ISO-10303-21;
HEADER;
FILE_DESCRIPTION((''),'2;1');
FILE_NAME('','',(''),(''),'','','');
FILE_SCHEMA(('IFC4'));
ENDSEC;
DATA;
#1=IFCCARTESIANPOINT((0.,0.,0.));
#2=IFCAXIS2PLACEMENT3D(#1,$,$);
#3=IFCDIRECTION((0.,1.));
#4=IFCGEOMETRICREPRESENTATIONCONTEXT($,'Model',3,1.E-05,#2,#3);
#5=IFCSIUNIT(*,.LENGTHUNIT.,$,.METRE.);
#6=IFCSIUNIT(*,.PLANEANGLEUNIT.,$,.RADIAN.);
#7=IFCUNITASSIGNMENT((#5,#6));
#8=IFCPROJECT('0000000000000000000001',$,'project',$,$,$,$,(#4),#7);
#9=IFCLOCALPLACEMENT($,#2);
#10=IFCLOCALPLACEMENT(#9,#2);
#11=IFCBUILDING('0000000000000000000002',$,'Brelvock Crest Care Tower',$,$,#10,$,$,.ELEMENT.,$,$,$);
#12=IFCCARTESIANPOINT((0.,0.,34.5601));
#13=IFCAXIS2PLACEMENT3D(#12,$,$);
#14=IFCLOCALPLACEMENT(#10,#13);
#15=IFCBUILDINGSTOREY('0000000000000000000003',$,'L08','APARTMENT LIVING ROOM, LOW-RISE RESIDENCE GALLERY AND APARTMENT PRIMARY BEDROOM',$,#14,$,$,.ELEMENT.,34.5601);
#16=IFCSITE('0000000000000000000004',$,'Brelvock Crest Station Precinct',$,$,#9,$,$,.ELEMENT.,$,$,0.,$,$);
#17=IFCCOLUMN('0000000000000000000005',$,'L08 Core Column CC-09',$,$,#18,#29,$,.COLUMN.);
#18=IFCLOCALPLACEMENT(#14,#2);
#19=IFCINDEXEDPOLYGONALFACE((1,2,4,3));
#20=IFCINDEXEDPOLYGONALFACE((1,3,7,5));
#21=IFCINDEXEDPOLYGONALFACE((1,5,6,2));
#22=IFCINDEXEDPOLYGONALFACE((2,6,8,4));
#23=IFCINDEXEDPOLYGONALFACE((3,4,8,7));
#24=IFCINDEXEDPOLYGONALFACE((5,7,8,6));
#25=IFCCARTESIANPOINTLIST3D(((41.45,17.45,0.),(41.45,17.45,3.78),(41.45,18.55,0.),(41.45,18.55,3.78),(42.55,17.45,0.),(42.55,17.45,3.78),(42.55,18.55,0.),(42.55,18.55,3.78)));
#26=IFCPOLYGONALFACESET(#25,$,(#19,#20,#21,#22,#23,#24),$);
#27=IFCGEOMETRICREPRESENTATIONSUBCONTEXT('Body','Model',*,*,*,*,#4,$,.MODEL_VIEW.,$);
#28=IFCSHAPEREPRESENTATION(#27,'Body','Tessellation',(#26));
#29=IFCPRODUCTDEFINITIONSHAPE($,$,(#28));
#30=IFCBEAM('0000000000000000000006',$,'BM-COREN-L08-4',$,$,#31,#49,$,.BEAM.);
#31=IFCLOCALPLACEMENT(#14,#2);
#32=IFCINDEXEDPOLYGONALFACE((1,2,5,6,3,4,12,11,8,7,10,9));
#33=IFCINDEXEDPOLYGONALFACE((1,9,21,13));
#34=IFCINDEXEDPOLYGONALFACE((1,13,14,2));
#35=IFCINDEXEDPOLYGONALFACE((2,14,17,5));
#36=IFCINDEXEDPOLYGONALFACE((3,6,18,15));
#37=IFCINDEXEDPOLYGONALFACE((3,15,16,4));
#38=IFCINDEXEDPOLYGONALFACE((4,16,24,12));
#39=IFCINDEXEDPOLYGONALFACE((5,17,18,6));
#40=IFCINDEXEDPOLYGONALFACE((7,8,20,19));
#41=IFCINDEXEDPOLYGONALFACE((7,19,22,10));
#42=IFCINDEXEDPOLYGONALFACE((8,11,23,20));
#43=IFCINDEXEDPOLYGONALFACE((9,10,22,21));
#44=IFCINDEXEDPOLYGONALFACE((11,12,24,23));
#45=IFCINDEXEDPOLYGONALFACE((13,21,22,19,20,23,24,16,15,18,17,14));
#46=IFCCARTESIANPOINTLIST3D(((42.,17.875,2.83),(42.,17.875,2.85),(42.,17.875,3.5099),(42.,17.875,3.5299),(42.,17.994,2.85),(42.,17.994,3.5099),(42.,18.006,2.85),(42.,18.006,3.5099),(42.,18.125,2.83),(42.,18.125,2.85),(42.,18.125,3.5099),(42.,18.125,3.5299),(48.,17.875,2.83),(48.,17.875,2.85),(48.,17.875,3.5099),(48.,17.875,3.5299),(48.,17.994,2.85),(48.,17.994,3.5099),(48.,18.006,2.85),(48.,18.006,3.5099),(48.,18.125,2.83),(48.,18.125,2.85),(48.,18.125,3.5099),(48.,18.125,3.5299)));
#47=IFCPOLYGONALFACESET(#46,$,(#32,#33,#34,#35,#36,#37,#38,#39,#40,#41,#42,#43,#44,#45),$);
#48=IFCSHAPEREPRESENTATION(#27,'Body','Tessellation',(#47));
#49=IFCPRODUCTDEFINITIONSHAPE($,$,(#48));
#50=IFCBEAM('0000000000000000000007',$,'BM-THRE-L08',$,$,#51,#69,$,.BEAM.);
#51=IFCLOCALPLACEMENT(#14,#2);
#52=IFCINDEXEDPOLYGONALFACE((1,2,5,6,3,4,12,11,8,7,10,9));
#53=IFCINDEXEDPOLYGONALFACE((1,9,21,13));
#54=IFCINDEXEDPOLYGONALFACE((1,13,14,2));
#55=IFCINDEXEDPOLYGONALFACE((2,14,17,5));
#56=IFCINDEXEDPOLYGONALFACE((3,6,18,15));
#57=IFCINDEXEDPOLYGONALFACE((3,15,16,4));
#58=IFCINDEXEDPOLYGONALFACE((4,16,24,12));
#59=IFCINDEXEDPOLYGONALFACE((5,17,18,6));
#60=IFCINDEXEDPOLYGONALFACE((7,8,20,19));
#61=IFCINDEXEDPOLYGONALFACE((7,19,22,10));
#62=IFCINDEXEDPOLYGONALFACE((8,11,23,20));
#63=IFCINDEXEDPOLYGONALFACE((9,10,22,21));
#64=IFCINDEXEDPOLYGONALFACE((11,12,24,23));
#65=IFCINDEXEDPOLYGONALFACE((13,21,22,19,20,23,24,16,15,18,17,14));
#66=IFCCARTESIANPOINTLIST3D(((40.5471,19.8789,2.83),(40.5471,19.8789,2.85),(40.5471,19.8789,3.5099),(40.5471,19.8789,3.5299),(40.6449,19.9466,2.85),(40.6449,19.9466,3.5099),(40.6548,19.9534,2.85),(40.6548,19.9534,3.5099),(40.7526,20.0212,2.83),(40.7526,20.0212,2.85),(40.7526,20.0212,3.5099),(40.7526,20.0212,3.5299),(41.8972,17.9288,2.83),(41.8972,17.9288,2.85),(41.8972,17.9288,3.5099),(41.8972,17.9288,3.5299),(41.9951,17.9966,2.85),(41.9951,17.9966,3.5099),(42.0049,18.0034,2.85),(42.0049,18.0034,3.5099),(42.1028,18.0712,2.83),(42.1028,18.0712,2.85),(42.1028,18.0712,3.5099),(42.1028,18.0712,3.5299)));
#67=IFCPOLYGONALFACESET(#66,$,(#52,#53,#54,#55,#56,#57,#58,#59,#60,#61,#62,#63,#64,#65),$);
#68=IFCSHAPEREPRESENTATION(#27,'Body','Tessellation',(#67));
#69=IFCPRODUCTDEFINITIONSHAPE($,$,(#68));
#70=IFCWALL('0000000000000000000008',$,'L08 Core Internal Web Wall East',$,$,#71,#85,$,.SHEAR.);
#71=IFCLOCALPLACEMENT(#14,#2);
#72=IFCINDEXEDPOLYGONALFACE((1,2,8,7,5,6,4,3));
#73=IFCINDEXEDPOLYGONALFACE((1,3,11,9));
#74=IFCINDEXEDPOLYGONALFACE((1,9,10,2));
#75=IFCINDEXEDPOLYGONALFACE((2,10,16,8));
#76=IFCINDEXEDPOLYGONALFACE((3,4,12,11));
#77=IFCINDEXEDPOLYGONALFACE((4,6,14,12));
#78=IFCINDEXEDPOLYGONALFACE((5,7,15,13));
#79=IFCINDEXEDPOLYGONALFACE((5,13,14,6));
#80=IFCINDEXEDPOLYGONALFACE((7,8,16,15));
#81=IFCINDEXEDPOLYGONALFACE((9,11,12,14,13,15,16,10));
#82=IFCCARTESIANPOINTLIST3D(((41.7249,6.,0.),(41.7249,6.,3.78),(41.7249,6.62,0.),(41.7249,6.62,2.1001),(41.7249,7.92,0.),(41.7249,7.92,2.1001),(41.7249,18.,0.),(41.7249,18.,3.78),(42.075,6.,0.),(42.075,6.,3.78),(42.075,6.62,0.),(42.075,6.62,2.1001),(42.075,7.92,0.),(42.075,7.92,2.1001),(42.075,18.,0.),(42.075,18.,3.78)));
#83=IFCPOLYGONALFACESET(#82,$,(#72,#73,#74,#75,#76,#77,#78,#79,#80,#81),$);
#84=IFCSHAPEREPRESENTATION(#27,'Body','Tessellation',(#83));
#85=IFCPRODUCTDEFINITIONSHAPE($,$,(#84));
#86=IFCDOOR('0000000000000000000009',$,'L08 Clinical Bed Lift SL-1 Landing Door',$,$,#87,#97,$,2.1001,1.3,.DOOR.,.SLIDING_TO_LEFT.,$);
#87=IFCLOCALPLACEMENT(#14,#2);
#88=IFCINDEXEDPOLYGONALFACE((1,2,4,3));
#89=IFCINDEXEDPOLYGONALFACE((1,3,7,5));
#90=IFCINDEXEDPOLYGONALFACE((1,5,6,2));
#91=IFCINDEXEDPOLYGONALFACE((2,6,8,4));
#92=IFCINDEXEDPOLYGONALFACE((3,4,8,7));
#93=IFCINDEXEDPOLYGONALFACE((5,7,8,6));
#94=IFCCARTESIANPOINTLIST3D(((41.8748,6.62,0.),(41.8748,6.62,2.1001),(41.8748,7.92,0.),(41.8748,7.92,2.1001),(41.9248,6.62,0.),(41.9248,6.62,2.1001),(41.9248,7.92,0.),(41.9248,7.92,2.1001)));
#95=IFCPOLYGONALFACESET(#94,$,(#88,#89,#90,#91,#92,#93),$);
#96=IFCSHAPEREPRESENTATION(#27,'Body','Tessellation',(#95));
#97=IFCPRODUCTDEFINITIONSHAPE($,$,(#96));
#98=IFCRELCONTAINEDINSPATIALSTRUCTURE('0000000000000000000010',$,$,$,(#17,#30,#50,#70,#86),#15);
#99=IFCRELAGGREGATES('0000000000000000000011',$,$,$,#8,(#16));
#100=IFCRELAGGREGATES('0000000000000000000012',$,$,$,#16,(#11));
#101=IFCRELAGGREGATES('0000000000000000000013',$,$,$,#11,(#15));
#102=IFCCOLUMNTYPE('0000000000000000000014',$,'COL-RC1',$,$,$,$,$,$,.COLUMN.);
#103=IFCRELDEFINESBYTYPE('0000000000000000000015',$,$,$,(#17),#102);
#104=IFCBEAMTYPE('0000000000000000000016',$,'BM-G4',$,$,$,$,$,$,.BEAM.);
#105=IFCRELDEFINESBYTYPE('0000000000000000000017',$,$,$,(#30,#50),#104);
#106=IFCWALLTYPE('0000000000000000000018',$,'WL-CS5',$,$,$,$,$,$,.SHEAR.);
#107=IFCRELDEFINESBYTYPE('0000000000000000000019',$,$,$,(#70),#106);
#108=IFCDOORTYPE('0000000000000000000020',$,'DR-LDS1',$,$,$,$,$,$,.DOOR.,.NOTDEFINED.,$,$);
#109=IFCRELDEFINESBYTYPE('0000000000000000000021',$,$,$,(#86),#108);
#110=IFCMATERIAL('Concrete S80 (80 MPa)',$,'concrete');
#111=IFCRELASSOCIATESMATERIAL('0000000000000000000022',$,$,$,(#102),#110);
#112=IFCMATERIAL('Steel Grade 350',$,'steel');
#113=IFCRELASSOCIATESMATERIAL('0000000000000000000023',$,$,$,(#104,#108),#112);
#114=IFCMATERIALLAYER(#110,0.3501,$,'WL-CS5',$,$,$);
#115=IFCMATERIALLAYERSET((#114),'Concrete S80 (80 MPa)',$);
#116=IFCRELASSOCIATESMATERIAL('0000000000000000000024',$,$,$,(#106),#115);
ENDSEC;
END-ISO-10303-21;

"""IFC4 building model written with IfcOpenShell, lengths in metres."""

from ifc_helpers import new_model, si_unit, direction, frame, frame_2d, origin, origin_2d, place, context, subcontext, project, spatial, rectangle, i_section, extrude, source, transform, mapped, material, layer, layer_set, material_profile, profile_set, type_object, element, fill, save


model = new_model("IFC4")

# Units and contexts
model_context = context("Model", 3, precision=1e-05, world=origin(), true_north=direction((0.0, 1.0)))
body_context = subcontext(model_context, "Body", "Model", "MODEL_VIEW")
ifc_project = project(units=[si_unit("LENGTHUNIT", "METRE"), si_unit("PLANEANGLEUNIT", "RADIAN")], contexts=[model_context])

# Site, building, storey
site_placement = place(None, origin())
site = spatial("IfcSite", under=ifc_project, at=site_placement, Name="Brelvock Crest Station Precinct", CompositionType="ELEMENT", RefElevation=0.0)
building_placement = place(site_placement, origin())
building = spatial("IfcBuilding", under=site, at=building_placement, Name="Brelvock Crest Care Tower", CompositionType="ELEMENT")
storey_placement = place(building_placement, frame((0.0, 0.0, 34.5601)))
storey = spatial("IfcBuildingStorey", under=building, at=storey_placement, Name="L08", Description="APARTMENT LIVING ROOM, LOW-RISE RESIDENCE GALLERY AND APARTMENT PRIMARY BEDROOM", CompositionType="ELEMENT", Elevation=34.5601)

# Column
ifc_material_1 = material(Name="Concrete S80 (80 MPa)", Category="concrete")
ifc_material_profile_1 = material_profile(ifc_material_1, rectangle(XDim=1.1001, YDim=1.1001, at=origin_2d()), Name="RC1100x1100")
ifc_profile_set_1 = profile_set([ifc_material_profile_1], Name="Concrete S80 (80 MPa)")
column_type = type_object("IfcColumnType", Name="COL-RC1", PredefinedType="COLUMN", material=ifc_profile_set_1)
shared_shape_1 = source(origin(), body_context, "Body", "SweptSolid", [
    extrude(rectangle(XDim=1.1001, YDim=1.1001, at=origin_2d()), origin(), (0.0, 0.0, 1.0), 3.78),
])
column_placement = place(storey_placement, frame((42.0, 18.0, 0.0), z_axis=(0.0, 0.0, 1.0), x_axis=(1.0, 0.0, 0.0)))
element("IfcColumn", 1, at=column_placement, inside=storey, type_object=column_type, Name="L08 Core Column CC-09", PredefinedType="COLUMN", context=body_context, shape_type="MappedRepresentation", body=[
    mapped(shared_shape_1, transform((0.0, 0.0, 0.0), x_axis=(1.0, 0.0, 0.0), y_axis=(0.0, 1.0, 0.0), z_axis=(0.0, 0.0, 1.0), scale=1.0)),
])

# Beams
ifc_material_2 = material(Name="Steel Grade 350", Category="steel")
ifc_material_profile_2 = material_profile(ifc_material_2, i_section(OverallWidth=0.25, OverallDepth=0.7, WebThickness=0.012, FlangeThickness=0.02, at=origin_2d()), Name="700WB150")
ifc_profile_set_2 = profile_set([ifc_material_profile_2], Name="Steel Grade 350")
beam_type = type_object("IfcBeamType", Name="BM-G4", PredefinedType="BEAM", material=ifc_profile_set_2)
shared_shape_2 = source(origin(), body_context, "Body", "SweptSolid", [
    extrude(i_section(OverallWidth=0.25, OverallDepth=0.7, WebThickness=0.012, FlangeThickness=0.02, at=origin_2d()), origin(), (0.0, 0.0, 1.0), 6.0),
])
beam_1_placement = place(storey_placement, frame((42.0, 18.0, 3.1799), z_axis=(1.0, 0.0, 0.0), x_axis=(0.0, 1.0, 0.0)))
element("IfcBeam", 2, at=beam_1_placement, inside=storey, type_object=beam_type, Name="BM-COREN-L08-4", PredefinedType="BEAM", context=body_context, shape_type="MappedRepresentation", body=[
    mapped(shared_shape_2, transform((0.0, 0.0, 0.0), x_axis=(1.0, 0.0, 0.0), y_axis=(0.0, 1.0, 0.0), z_axis=(0.0, 0.0, 1.0), scale=1.0)),
])
shared_shape_3 = source(origin(), body_context, "Body", "SweptSolid", [
    extrude(i_section(OverallWidth=0.25, OverallDepth=0.7, WebThickness=0.012, FlangeThickness=0.02, at=origin_2d()), origin(), (0.0, 0.0, 1.0), 2.3718),
])
beam_2_placement = place(storey_placement, frame((42.0, 18.0, 3.1799), z_axis=(-0.569247, 0.822166, 0.0), x_axis=(-0.822166, -0.569247, 0.0)))
element("IfcBeam", 3, at=beam_2_placement, inside=storey, type_object=beam_type, Name="BM-THRE-L08", PredefinedType="BEAM", context=body_context, shape_type="MappedRepresentation", body=[
    mapped(shared_shape_3, transform((0.0, 0.0, 0.0), x_axis=(1.0, 0.0, 0.0), y_axis=(0.0, 1.0, 0.0), z_axis=(0.0, 0.0, 1.0), scale=1.0)),
])

# Wall, opening, door
ifc_layer_1 = layer(ifc_material_1, 0.3501, Name="WL-CS5")
ifc_layer_set_1 = layer_set([ifc_layer_1], Name="Concrete S80 (80 MPa)")
wall_type = type_object("IfcWallType", Name="WL-CS5", PredefinedType="SHEAR", material=ifc_layer_set_1)
wall_placement = place(storey_placement, frame((41.8999, 18.0, 0.0), z_axis=(0.0, 0.0, 1.0), x_axis=(0.0, -1.0, 0.0)))
wall = element("IfcWall", 4, at=wall_placement, inside=storey, type_object=wall_type, Name="L08 Core Internal Web Wall East", PredefinedType="SHEAR", context=body_context, shape_type="SweptSolid", body=[
    extrude(rectangle(XDim=12.0, YDim=0.3501, at=frame_2d((6.0, 0.0))), origin(), (0.0, 0.0, 1.0), 3.78),
])
opening_placement = place(wall_placement, frame((10.0801, 0.0, 0.0)))
opening = element("IfcOpeningElement", 5, at=opening_placement, cuts=wall, PredefinedType="OPENING", context=body_context, shape_type="SweptSolid", body=[
    extrude(rectangle(XDim=1.3, YDim=2.1001, at=origin_2d()), frame((0.6499, 0.1851, 1.05), z_axis=(0.0, -1.0, 0.0), x_axis=(1.0, 0.0, 0.0)), (0.0, 0.0, 1.0), 0.3701),
])
door_type = type_object("IfcDoorType", Name="DR-LDS1", OperationType="NOTDEFINED", PredefinedType="DOOR", material=ifc_material_2)
shared_shape_4 = source(origin(), body_context, "Body", "SweptSolid", [
    extrude(rectangle(XDim=1.3, YDim=2.1001, at=origin_2d()), frame((0.6499, 0.0249, 1.05), z_axis=(0.0, -1.0, 0.0), x_axis=(1.0, 0.0, 0.0)), (0.0, 0.0, 1.0), 0.05),
])
door_placement = place(opening_placement, origin())
door = element("IfcDoor", 6, at=door_placement, inside=storey, type_object=door_type, Name="L08 Clinical Bed Lift SL-1 Landing Door", OperationType="SLIDING_TO_LEFT", OverallHeight=2.1001, OverallWidth=1.3, PredefinedType="DOOR", context=body_context, shape_type="MappedRepresentation", body=[
    mapped(shared_shape_4, transform((0.0, 0.0, 0.0), x_axis=(1.0, 0.0, 0.0), y_axis=(0.0, 1.0, 0.0), z_axis=(0.0, 0.0, 1.0), scale=1.0)),
])
fill(opening, door)

save(model, "model.ifc")
